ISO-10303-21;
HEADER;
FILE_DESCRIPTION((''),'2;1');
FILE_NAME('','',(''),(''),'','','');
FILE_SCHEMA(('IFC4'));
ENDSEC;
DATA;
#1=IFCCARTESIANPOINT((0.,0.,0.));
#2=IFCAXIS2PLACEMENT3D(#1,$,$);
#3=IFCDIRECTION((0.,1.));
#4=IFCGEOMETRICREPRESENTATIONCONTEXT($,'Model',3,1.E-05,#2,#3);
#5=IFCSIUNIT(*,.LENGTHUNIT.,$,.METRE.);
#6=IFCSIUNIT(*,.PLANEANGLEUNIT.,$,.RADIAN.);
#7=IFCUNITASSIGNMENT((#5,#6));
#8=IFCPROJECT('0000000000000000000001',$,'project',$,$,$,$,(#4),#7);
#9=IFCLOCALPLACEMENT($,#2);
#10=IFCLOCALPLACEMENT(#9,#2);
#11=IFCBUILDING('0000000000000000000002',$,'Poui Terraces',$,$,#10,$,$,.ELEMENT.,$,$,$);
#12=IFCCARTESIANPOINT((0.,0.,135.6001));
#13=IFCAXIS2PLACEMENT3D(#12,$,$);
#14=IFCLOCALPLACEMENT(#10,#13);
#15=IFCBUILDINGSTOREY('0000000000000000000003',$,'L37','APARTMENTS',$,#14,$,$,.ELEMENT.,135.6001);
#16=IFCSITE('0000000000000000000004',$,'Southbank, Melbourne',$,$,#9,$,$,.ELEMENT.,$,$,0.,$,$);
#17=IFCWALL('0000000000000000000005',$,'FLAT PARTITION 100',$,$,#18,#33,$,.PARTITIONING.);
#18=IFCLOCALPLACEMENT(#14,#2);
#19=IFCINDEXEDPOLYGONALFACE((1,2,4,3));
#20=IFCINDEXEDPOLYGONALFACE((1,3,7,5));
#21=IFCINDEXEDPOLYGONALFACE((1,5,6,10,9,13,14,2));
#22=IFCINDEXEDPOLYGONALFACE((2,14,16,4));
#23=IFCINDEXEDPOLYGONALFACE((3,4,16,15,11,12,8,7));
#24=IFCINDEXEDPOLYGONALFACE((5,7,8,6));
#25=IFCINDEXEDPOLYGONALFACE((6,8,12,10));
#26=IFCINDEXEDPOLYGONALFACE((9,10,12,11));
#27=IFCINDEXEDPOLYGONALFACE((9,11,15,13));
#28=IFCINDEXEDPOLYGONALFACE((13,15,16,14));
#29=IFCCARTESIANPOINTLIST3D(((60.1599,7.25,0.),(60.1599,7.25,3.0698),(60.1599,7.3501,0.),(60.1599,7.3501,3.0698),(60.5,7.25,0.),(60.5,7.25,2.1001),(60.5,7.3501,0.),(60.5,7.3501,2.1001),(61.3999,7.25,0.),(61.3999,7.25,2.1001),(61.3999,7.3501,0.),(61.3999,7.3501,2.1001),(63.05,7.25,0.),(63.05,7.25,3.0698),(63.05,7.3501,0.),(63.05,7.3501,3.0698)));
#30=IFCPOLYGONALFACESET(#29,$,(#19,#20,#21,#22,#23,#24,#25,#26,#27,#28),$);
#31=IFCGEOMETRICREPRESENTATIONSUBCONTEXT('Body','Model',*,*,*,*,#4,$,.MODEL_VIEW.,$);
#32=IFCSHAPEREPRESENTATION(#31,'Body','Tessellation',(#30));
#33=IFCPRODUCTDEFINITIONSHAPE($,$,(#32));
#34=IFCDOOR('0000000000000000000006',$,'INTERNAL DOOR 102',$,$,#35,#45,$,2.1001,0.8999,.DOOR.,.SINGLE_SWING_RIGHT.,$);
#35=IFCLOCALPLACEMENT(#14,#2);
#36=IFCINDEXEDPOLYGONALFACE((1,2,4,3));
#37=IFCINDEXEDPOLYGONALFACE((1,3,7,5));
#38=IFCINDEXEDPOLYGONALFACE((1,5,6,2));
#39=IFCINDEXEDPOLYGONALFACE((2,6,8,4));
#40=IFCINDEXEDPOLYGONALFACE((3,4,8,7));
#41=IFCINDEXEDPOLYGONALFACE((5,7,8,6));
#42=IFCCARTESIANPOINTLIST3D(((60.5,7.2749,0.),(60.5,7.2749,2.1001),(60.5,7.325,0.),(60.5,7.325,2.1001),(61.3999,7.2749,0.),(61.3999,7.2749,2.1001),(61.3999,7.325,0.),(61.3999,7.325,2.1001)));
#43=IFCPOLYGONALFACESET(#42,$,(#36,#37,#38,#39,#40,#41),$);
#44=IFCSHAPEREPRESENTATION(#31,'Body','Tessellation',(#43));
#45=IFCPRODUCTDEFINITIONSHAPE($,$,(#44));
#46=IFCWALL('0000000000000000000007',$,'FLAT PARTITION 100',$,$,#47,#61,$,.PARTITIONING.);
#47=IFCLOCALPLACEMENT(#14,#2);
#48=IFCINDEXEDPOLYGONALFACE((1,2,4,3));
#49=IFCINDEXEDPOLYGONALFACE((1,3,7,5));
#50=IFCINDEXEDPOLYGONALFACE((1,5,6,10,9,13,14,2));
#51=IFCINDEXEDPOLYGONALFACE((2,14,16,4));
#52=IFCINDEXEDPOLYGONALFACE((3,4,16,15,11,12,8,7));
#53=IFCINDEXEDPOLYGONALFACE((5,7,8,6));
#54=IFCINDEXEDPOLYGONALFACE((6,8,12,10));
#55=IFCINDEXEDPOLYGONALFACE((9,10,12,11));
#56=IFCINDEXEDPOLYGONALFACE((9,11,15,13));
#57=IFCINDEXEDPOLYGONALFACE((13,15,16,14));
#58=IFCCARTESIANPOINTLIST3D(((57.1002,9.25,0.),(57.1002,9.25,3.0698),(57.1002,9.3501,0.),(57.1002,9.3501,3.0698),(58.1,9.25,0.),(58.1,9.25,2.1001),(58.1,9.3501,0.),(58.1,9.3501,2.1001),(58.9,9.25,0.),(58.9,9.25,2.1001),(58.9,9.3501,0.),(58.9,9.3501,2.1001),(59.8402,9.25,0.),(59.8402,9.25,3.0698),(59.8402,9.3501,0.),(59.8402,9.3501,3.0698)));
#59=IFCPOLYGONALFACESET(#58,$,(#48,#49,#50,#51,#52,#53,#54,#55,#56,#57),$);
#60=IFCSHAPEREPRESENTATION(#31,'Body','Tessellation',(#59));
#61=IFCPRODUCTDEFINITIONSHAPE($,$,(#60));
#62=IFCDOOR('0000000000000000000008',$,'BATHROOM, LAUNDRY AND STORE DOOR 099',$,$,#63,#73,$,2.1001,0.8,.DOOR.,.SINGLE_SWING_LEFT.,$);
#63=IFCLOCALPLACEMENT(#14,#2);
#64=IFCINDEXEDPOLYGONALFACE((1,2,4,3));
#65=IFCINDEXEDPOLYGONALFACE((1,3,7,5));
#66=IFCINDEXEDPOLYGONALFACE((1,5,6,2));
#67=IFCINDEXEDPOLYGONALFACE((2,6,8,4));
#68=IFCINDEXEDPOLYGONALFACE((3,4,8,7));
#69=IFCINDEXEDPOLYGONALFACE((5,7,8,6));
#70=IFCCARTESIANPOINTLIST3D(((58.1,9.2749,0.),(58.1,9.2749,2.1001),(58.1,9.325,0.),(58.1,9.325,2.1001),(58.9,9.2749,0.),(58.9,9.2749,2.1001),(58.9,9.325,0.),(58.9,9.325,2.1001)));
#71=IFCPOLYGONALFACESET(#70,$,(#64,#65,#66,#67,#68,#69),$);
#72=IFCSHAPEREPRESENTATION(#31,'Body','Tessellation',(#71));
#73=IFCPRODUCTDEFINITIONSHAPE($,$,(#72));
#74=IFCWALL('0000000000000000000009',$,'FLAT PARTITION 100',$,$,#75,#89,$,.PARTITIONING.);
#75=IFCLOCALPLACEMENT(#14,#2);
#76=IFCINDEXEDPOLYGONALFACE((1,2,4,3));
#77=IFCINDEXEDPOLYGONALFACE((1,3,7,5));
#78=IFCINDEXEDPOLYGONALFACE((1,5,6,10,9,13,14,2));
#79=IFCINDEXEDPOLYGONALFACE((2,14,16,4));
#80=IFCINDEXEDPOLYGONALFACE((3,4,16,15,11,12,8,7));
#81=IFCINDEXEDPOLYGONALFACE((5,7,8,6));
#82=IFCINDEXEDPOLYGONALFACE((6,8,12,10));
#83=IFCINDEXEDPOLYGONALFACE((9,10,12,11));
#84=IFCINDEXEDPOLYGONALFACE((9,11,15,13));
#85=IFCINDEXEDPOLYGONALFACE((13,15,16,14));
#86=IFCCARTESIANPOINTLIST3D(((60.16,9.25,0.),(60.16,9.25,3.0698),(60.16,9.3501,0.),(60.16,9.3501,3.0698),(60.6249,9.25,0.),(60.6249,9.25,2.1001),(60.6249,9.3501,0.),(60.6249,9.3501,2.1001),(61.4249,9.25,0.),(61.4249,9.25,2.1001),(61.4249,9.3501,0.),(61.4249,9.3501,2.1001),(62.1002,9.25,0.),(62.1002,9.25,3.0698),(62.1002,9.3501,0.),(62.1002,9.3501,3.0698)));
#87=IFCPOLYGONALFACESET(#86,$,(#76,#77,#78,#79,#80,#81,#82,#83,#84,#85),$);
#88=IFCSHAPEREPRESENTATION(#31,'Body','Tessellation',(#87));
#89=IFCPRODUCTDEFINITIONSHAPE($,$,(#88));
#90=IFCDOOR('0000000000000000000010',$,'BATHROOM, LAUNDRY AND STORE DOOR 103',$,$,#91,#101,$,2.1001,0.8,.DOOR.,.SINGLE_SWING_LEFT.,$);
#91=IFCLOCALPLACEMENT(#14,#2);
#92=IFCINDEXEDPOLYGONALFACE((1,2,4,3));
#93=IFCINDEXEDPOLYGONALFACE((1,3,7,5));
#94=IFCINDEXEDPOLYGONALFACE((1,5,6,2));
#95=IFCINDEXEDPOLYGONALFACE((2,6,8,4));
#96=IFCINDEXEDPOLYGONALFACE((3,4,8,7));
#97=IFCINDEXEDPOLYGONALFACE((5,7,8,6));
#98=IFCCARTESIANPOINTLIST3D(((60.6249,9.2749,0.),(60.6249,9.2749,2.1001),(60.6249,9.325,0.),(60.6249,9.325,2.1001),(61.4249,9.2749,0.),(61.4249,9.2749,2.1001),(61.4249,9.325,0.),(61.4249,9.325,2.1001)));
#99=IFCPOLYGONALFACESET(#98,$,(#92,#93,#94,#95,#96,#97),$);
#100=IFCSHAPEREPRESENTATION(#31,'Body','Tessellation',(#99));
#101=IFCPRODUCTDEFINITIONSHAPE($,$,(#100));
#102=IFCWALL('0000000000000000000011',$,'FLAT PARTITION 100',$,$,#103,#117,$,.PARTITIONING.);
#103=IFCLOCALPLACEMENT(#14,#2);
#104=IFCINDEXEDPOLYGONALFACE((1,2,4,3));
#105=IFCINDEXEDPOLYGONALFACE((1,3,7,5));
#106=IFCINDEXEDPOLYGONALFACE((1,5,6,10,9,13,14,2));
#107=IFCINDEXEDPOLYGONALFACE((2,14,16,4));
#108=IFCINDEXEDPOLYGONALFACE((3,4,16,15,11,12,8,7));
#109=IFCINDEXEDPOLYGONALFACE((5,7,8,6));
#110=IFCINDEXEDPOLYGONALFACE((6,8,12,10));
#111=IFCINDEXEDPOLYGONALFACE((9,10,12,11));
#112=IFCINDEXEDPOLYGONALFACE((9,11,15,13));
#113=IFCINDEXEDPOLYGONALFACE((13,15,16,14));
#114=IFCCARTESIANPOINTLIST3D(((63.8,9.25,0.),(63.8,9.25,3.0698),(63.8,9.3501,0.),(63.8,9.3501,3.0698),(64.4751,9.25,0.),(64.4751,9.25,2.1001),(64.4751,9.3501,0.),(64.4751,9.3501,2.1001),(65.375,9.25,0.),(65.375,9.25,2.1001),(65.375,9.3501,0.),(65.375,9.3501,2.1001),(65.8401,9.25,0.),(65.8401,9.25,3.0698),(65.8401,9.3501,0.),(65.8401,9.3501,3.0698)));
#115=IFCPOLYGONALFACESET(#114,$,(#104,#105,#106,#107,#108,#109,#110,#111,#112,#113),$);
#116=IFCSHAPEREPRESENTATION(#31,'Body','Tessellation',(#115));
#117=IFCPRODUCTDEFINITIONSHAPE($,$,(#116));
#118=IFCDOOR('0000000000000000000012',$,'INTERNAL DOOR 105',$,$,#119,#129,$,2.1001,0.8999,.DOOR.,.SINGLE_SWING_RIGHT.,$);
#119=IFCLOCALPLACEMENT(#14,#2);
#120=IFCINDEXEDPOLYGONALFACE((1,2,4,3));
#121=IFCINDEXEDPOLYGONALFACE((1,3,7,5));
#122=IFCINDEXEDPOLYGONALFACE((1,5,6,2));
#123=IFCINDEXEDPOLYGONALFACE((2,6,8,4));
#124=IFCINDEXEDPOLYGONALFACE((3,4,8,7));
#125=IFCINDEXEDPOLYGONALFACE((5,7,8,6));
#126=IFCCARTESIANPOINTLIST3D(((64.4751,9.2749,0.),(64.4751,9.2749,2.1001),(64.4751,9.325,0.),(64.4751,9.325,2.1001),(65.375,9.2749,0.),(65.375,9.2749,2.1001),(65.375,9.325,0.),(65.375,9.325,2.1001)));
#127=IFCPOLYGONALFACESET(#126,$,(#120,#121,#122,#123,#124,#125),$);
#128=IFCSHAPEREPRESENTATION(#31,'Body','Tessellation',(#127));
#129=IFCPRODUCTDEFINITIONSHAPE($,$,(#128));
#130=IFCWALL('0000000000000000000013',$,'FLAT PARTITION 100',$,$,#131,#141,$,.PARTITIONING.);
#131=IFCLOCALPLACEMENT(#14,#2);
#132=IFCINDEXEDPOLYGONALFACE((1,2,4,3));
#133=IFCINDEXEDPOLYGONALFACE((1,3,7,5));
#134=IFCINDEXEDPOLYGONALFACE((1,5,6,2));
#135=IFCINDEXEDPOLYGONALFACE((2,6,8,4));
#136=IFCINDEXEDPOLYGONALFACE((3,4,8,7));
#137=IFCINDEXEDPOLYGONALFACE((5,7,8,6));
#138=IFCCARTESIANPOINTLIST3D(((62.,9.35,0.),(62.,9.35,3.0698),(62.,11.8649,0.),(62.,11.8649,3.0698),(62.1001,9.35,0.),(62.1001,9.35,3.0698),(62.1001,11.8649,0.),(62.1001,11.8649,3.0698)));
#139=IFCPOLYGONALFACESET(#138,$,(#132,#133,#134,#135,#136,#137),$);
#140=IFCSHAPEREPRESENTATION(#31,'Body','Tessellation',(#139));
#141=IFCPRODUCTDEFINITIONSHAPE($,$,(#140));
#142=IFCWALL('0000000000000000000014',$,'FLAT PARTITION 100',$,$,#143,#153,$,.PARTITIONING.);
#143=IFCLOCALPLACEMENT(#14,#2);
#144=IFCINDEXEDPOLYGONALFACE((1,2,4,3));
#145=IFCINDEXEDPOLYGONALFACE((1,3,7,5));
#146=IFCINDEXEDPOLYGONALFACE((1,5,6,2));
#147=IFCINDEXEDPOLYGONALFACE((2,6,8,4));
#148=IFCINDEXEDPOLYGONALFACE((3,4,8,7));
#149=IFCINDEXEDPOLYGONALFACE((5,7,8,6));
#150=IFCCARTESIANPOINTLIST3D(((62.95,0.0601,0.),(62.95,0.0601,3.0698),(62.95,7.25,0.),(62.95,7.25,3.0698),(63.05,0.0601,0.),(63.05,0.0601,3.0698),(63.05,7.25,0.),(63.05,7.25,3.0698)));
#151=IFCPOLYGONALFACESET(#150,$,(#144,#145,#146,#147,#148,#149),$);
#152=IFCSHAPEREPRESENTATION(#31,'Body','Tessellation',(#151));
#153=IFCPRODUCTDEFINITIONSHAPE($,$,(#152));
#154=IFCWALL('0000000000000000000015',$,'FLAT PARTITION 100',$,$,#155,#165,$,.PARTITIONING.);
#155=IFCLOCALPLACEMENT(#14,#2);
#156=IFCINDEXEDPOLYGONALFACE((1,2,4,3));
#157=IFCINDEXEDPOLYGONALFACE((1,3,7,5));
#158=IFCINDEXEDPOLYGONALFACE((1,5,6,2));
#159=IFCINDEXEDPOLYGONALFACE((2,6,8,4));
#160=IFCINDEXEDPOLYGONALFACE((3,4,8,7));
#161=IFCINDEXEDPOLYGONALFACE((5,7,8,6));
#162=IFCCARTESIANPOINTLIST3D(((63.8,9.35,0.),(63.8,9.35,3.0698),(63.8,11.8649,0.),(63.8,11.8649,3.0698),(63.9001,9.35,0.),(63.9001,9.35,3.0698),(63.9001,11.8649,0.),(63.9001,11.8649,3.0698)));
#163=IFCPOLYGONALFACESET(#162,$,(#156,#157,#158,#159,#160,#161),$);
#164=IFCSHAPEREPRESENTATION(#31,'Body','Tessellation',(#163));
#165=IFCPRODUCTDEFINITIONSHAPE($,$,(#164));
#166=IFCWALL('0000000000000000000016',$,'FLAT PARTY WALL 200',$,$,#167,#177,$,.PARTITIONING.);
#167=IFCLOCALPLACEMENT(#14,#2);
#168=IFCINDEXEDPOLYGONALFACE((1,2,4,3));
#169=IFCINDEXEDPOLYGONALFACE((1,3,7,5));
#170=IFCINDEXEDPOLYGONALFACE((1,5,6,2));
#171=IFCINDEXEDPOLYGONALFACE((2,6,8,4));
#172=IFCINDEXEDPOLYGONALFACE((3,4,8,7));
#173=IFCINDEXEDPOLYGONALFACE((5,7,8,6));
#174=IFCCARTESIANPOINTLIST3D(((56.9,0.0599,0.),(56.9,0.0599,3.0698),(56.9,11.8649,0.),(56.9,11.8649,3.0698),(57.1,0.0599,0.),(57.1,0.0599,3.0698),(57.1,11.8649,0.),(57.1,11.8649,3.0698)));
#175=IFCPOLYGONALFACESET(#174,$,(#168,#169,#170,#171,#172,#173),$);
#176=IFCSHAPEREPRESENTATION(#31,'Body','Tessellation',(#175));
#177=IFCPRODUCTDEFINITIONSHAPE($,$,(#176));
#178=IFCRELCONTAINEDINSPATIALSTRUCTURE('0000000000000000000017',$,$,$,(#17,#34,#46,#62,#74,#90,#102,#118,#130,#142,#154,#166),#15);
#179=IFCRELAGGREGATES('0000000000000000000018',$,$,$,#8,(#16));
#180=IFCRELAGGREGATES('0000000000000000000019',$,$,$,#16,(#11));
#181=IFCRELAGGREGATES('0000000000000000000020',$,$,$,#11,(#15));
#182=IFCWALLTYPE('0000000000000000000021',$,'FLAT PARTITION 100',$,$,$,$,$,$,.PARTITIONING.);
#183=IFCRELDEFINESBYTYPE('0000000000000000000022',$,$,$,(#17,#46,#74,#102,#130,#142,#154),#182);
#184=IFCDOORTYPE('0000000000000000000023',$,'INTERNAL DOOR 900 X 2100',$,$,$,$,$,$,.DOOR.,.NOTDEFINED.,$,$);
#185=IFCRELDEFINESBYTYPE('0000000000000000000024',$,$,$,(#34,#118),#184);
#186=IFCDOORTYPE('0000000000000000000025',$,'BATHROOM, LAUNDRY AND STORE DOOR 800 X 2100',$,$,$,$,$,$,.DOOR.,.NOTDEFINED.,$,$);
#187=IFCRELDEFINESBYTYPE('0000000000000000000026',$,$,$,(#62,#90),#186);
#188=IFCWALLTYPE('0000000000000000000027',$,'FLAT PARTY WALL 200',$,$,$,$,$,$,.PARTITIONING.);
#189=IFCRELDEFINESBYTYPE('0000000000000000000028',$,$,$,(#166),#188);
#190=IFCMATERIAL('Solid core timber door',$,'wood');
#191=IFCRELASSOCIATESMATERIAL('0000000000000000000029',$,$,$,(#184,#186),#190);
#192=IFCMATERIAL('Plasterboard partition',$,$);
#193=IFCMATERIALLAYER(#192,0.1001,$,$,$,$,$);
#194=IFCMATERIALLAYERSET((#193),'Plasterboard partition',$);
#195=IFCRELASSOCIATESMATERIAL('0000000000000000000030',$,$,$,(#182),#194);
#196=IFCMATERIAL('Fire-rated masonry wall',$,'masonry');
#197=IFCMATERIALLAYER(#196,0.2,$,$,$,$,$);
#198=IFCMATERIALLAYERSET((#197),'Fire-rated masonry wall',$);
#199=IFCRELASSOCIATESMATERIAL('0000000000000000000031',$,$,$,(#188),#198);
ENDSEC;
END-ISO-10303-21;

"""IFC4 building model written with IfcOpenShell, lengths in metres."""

from ifc_helpers import new_model, si_unit, direction, frame, frame_2d, origin, place, context, subcontext, project, spatial, rectangle, extrude, material, layer, layer_set, type_object, element, fill, save


model = new_model("IFC4")

# Units and contexts
model_context = context("Model", 3, precision=1e-05, world=origin(), true_north=direction((0.0, 1.0)))
body_context = subcontext(model_context, "Body", "Model", "MODEL_VIEW")
ifc_project = project(units=[si_unit("LENGTHUNIT", "METRE"), si_unit("PLANEANGLEUNIT", "RADIAN")], contexts=[model_context])

# Site, building, storey
site_placement = place(None, origin())
site = spatial("IfcSite", under=ifc_project, at=site_placement, Name="Southbank, Melbourne", CompositionType="ELEMENT", RefElevation=0.0)
building_placement = place(site_placement, origin())
building = spatial("IfcBuilding", under=site, at=building_placement, Name="Poui Terraces", CompositionType="ELEMENT")
storey_placement = place(building_placement, frame((0.0, 0.0, 135.6001)))
storey = spatial("IfcBuildingStorey", under=building, at=storey_placement, Name="L37", Description="APARTMENTS", CompositionType="ELEMENT", Elevation=135.6001)

# Walls, openings, doors
ifc_material_1 = material(Name="Solid core timber door", Category="wood")
door_type_1 = type_object("IfcDoorType", Name="INTERNAL DOOR 900 X 2100", OperationType="NOTDEFINED", PredefinedType="DOOR", material=ifc_material_1)
ifc_material_2 = material(Name="Plasterboard partition")
ifc_layer_1 = layer(ifc_material_2, 0.1001)
ifc_layer_set_1 = layer_set([ifc_layer_1], Name="Plasterboard partition")
wall_type_1 = type_object("IfcWallType", Name="FLAT PARTITION 100", PredefinedType="PARTITIONING", material=ifc_layer_set_1)
wall_1_placement = place(storey_placement, frame((60.1599, 7.3, 0.0), z_axis=(0.0, 0.0, 1.0), x_axis=(1.0, 0.0, 0.0)))
wall_1 = element("IfcWall", 1, at=wall_1_placement, inside=storey, type_object=wall_type_1, Name="FLAT PARTITION 100", PredefinedType="PARTITIONING", context=body_context, shape_type="SweptSolid", body=[
    extrude(rectangle(XDim=2.8901, YDim=0.1001, at=frame_2d((1.4451, 0.0))), origin(), (0.0, 0.0, 1.0), 3.0698),
])
opening_1_placement = place(wall_1_placement, frame((0.3401, 0.0, 0.0)))
opening_1 = element("IfcOpeningElement", 2, at=opening_1_placement, cuts=wall_1, PredefinedType="OPENING", context=body_context, shape_type="SweptSolid", body=[
    extrude(rectangle(XDim=0.8999, YDim=2.1001, at=frame_2d((0.45, 1.05))), frame((0.0, 0.0601, 0.0), z_axis=(0.0, -1.0, 0.0), x_axis=(1.0, 0.0, 0.0)), (0.0, 0.0, 1.0), 0.1201),
])
door_1_placement = place(opening_1_placement, origin())
door_1 = element("IfcDoor", 3, at=door_1_placement, inside=storey, type_object=door_type_1, Name="INTERNAL DOOR 102", OperationType="SINGLE_SWING_RIGHT", OverallHeight=2.1001, OverallWidth=0.8999, PredefinedType="DOOR", context=body_context, shape_type="SweptSolid", body=[
    extrude(rectangle(XDim=0.8999, YDim=2.1001, at=frame_2d((0.45, 1.05))), frame((0.0, 0.0249, 0.0), z_axis=(0.0, -1.0, 0.0), x_axis=(1.0, 0.0, 0.0)), (0.0, 0.0, 1.0), 0.05),
])
fill(opening_1, door_1)
wall_2_placement = place(storey_placement, frame((57.1001, 9.3, 0.0), z_axis=(0.0, 0.0, 1.0), x_axis=(1.0, 0.0, 0.0)))
wall_2 = element("IfcWall", 4, at=wall_2_placement, inside=storey, type_object=wall_type_1, Name="FLAT PARTITION 100", PredefinedType="PARTITIONING", context=body_context, shape_type="SweptSolid", body=[
    extrude(rectangle(XDim=2.74, YDim=0.1001, at=frame_2d((1.3701, 0.0))), origin(), (0.0, 0.0, 1.0), 3.0698),
])
opening_2_placement = place(wall_2_placement, frame((1.0, 0.0, 0.0)))
opening_2 = element("IfcOpeningElement", 5, at=opening_2_placement, cuts=wall_2, PredefinedType="OPENING", context=body_context, shape_type="SweptSolid", body=[
    extrude(rectangle(XDim=0.8, YDim=2.1001, at=frame_2d((0.3999, 1.05))), frame((0.0, 0.0601, 0.0), z_axis=(0.0, -1.0, 0.0), x_axis=(1.0, 0.0, 0.0)), (0.0, 0.0, 1.0), 0.1201),
])
door_type_2 = type_object("IfcDoorType", Name="BATHROOM, LAUNDRY AND STORE DOOR 800 X 2100", OperationType="NOTDEFINED", PredefinedType="DOOR", material=ifc_material_1)
door_2_placement = place(opening_2_placement, origin())
door_2 = element("IfcDoor", 6, at=door_2_placement, inside=storey, type_object=door_type_2, Name="BATHROOM, LAUNDRY AND STORE DOOR 099", OperationType="SINGLE_SWING_LEFT", OverallHeight=2.1001, OverallWidth=0.8, PredefinedType="DOOR", context=body_context, shape_type="SweptSolid", body=[
    extrude(rectangle(XDim=0.8, YDim=2.1001, at=frame_2d((0.3999, 1.05))), frame((0.0, 0.0249, 0.0), z_axis=(0.0, -1.0, 0.0), x_axis=(1.0, 0.0, 0.0)), (0.0, 0.0, 1.0), 0.05),
])
fill(opening_2, door_2)
wall_3_placement = place(storey_placement, frame((60.1599, 9.3, 0.0), z_axis=(0.0, 0.0, 1.0), x_axis=(1.0, 0.0, 0.0)))
wall_3 = element("IfcWall", 7, at=wall_3_placement, inside=storey, type_object=wall_type_1, Name="FLAT PARTITION 100", PredefinedType="PARTITIONING", context=body_context, shape_type="SweptSolid", body=[
    extrude(rectangle(XDim=1.9402, YDim=0.1001, at=frame_2d((0.9702, 0.0))), origin(), (0.0, 0.0, 1.0), 3.0698),
])
opening_3_placement = place(wall_3_placement, frame((0.4651, 0.0, 0.0)))
opening_3 = element("IfcOpeningElement", 8, at=opening_3_placement, cuts=wall_3, PredefinedType="OPENING", context=body_context, shape_type="SweptSolid", body=[
    extrude(rectangle(XDim=0.8, YDim=2.1001, at=frame_2d((0.3999, 1.05))), frame((0.0, 0.0601, 0.0), z_axis=(0.0, -1.0, 0.0), x_axis=(1.0, 0.0, 0.0)), (0.0, 0.0, 1.0), 0.1201),
])
door_3_placement = place(opening_3_placement, origin())
door_3 = element("IfcDoor", 9, at=door_3_placement, inside=storey, type_object=door_type_2, Name="BATHROOM, LAUNDRY AND STORE DOOR 103", OperationType="SINGLE_SWING_LEFT", OverallHeight=2.1001, OverallWidth=0.8, PredefinedType="DOOR", context=body_context, shape_type="SweptSolid", body=[
    extrude(rectangle(XDim=0.8, YDim=2.1001, at=frame_2d((0.3999, 1.05))), frame((0.0, 0.0249, 0.0), z_axis=(0.0, -1.0, 0.0), x_axis=(1.0, 0.0, 0.0)), (0.0, 0.0, 1.0), 0.05),
])
fill(opening_3, door_3)
wall_4_placement = place(storey_placement, frame((63.8, 9.3, 0.0), z_axis=(0.0, 0.0, 1.0), x_axis=(1.0, 0.0, 0.0)))
wall_4 = element("IfcWall", 10, at=wall_4_placement, inside=storey, type_object=wall_type_1, Name="FLAT PARTITION 100", PredefinedType="PARTITIONING", context=body_context, shape_type="SweptSolid", body=[
    extrude(rectangle(XDim=2.04, YDim=0.1001, at=frame_2d((1.02, 0.0))), origin(), (0.0, 0.0, 1.0), 3.0698),
])
opening_4_placement = place(wall_4_placement, frame((0.675, 0.0, 0.0)))
opening_4 = element("IfcOpeningElement", 11, at=opening_4_placement, cuts=wall_4, PredefinedType="OPENING", context=body_context, shape_type="SweptSolid", body=[
    extrude(rectangle(XDim=0.8999, YDim=2.1001, at=frame_2d((0.45, 1.05))), frame((0.0, 0.0601, 0.0), z_axis=(0.0, -1.0, 0.0), x_axis=(1.0, 0.0, 0.0)), (0.0, 0.0, 1.0), 0.1201),
])
door_4_placement = place(opening_4_placement, origin())
door_4 = element("IfcDoor", 12, at=door_4_placement, inside=storey, type_object=door_type_1, Name="INTERNAL DOOR 105", OperationType="SINGLE_SWING_RIGHT", OverallHeight=2.1001, OverallWidth=0.8999, PredefinedType="DOOR", context=body_context, shape_type="SweptSolid", body=[
    extrude(rectangle(XDim=0.8999, YDim=2.1001, at=frame_2d((0.45, 1.05))), frame((0.0, 0.0249, 0.0), z_axis=(0.0, -1.0, 0.0), x_axis=(1.0, 0.0, 0.0)), (0.0, 0.0, 1.0), 0.05),
])
fill(opening_4, door_4)

# Walls
wall_5_placement = place(storey_placement, frame((62.05, 9.3501, 0.0), z_axis=(0.0, 0.0, 1.0), x_axis=(0.0, 1.0, 0.0)))
element("IfcWall", 13, at=wall_5_placement, inside=storey, type_object=wall_type_1, Name="FLAT PARTITION 100", PredefinedType="PARTITIONING", context=body_context, shape_type="SweptSolid", body=[
    extrude(rectangle(XDim=2.5149, YDim=0.1001, at=frame_2d((1.2573, 0.0))), origin(), (0.0, 0.0, 1.0), 3.0698),
])
wall_6_placement = place(storey_placement, frame((63.0, 0.0601, 0.0), z_axis=(0.0, 0.0, 1.0), x_axis=(0.0, 1.0, 0.0)))
element("IfcWall", 14, at=wall_6_placement, inside=storey, type_object=wall_type_1, Name="FLAT PARTITION 100", PredefinedType="PARTITIONING", context=body_context, shape_type="SweptSolid", body=[
    extrude(rectangle(XDim=7.1899, YDim=0.1001, at=frame_2d((3.595, 0.0))), origin(), (0.0, 0.0, 1.0), 3.0698),
])
wall_7_placement = place(storey_placement, frame((63.8501, 9.3501, 0.0), z_axis=(0.0, 0.0, 1.0), x_axis=(0.0, 1.0, 0.0)))
element("IfcWall", 15, at=wall_7_placement, inside=storey, type_object=wall_type_1, Name="FLAT PARTITION 100", PredefinedType="PARTITIONING", context=body_context, shape_type="SweptSolid", body=[
    extrude(rectangle(XDim=2.5149, YDim=0.1001, at=frame_2d((1.2573, 0.0))), origin(), (0.0, 0.0, 1.0), 3.0698),
])
ifc_material_3 = material(Name="Fire-rated masonry wall", Category="masonry")
ifc_layer_2 = layer(ifc_material_3, 0.2)
ifc_layer_set_2 = layer_set([ifc_layer_2], Name="Fire-rated masonry wall")
wall_type_2 = type_object("IfcWallType", Name="FLAT PARTY WALL 200", PredefinedType="PARTITIONING", material=ifc_layer_set_2)
wall_8_placement = place(storey_placement, frame((57.0, 0.0601, 0.0), z_axis=(0.0, 0.0, 1.0), x_axis=(0.0, 1.0, 0.0)))
element("IfcWall", 16, at=wall_8_placement, inside=storey, type_object=wall_type_2, Name="FLAT PARTY WALL 200", PredefinedType="PARTITIONING", context=body_context, shape_type="SweptSolid", body=[
    extrude(rectangle(XDim=11.8049, YDim=0.2, at=frame_2d((5.9023, 0.0))), origin(), (0.0, 0.0, 1.0), 3.0698),
])

save(model, "model.ifc")
